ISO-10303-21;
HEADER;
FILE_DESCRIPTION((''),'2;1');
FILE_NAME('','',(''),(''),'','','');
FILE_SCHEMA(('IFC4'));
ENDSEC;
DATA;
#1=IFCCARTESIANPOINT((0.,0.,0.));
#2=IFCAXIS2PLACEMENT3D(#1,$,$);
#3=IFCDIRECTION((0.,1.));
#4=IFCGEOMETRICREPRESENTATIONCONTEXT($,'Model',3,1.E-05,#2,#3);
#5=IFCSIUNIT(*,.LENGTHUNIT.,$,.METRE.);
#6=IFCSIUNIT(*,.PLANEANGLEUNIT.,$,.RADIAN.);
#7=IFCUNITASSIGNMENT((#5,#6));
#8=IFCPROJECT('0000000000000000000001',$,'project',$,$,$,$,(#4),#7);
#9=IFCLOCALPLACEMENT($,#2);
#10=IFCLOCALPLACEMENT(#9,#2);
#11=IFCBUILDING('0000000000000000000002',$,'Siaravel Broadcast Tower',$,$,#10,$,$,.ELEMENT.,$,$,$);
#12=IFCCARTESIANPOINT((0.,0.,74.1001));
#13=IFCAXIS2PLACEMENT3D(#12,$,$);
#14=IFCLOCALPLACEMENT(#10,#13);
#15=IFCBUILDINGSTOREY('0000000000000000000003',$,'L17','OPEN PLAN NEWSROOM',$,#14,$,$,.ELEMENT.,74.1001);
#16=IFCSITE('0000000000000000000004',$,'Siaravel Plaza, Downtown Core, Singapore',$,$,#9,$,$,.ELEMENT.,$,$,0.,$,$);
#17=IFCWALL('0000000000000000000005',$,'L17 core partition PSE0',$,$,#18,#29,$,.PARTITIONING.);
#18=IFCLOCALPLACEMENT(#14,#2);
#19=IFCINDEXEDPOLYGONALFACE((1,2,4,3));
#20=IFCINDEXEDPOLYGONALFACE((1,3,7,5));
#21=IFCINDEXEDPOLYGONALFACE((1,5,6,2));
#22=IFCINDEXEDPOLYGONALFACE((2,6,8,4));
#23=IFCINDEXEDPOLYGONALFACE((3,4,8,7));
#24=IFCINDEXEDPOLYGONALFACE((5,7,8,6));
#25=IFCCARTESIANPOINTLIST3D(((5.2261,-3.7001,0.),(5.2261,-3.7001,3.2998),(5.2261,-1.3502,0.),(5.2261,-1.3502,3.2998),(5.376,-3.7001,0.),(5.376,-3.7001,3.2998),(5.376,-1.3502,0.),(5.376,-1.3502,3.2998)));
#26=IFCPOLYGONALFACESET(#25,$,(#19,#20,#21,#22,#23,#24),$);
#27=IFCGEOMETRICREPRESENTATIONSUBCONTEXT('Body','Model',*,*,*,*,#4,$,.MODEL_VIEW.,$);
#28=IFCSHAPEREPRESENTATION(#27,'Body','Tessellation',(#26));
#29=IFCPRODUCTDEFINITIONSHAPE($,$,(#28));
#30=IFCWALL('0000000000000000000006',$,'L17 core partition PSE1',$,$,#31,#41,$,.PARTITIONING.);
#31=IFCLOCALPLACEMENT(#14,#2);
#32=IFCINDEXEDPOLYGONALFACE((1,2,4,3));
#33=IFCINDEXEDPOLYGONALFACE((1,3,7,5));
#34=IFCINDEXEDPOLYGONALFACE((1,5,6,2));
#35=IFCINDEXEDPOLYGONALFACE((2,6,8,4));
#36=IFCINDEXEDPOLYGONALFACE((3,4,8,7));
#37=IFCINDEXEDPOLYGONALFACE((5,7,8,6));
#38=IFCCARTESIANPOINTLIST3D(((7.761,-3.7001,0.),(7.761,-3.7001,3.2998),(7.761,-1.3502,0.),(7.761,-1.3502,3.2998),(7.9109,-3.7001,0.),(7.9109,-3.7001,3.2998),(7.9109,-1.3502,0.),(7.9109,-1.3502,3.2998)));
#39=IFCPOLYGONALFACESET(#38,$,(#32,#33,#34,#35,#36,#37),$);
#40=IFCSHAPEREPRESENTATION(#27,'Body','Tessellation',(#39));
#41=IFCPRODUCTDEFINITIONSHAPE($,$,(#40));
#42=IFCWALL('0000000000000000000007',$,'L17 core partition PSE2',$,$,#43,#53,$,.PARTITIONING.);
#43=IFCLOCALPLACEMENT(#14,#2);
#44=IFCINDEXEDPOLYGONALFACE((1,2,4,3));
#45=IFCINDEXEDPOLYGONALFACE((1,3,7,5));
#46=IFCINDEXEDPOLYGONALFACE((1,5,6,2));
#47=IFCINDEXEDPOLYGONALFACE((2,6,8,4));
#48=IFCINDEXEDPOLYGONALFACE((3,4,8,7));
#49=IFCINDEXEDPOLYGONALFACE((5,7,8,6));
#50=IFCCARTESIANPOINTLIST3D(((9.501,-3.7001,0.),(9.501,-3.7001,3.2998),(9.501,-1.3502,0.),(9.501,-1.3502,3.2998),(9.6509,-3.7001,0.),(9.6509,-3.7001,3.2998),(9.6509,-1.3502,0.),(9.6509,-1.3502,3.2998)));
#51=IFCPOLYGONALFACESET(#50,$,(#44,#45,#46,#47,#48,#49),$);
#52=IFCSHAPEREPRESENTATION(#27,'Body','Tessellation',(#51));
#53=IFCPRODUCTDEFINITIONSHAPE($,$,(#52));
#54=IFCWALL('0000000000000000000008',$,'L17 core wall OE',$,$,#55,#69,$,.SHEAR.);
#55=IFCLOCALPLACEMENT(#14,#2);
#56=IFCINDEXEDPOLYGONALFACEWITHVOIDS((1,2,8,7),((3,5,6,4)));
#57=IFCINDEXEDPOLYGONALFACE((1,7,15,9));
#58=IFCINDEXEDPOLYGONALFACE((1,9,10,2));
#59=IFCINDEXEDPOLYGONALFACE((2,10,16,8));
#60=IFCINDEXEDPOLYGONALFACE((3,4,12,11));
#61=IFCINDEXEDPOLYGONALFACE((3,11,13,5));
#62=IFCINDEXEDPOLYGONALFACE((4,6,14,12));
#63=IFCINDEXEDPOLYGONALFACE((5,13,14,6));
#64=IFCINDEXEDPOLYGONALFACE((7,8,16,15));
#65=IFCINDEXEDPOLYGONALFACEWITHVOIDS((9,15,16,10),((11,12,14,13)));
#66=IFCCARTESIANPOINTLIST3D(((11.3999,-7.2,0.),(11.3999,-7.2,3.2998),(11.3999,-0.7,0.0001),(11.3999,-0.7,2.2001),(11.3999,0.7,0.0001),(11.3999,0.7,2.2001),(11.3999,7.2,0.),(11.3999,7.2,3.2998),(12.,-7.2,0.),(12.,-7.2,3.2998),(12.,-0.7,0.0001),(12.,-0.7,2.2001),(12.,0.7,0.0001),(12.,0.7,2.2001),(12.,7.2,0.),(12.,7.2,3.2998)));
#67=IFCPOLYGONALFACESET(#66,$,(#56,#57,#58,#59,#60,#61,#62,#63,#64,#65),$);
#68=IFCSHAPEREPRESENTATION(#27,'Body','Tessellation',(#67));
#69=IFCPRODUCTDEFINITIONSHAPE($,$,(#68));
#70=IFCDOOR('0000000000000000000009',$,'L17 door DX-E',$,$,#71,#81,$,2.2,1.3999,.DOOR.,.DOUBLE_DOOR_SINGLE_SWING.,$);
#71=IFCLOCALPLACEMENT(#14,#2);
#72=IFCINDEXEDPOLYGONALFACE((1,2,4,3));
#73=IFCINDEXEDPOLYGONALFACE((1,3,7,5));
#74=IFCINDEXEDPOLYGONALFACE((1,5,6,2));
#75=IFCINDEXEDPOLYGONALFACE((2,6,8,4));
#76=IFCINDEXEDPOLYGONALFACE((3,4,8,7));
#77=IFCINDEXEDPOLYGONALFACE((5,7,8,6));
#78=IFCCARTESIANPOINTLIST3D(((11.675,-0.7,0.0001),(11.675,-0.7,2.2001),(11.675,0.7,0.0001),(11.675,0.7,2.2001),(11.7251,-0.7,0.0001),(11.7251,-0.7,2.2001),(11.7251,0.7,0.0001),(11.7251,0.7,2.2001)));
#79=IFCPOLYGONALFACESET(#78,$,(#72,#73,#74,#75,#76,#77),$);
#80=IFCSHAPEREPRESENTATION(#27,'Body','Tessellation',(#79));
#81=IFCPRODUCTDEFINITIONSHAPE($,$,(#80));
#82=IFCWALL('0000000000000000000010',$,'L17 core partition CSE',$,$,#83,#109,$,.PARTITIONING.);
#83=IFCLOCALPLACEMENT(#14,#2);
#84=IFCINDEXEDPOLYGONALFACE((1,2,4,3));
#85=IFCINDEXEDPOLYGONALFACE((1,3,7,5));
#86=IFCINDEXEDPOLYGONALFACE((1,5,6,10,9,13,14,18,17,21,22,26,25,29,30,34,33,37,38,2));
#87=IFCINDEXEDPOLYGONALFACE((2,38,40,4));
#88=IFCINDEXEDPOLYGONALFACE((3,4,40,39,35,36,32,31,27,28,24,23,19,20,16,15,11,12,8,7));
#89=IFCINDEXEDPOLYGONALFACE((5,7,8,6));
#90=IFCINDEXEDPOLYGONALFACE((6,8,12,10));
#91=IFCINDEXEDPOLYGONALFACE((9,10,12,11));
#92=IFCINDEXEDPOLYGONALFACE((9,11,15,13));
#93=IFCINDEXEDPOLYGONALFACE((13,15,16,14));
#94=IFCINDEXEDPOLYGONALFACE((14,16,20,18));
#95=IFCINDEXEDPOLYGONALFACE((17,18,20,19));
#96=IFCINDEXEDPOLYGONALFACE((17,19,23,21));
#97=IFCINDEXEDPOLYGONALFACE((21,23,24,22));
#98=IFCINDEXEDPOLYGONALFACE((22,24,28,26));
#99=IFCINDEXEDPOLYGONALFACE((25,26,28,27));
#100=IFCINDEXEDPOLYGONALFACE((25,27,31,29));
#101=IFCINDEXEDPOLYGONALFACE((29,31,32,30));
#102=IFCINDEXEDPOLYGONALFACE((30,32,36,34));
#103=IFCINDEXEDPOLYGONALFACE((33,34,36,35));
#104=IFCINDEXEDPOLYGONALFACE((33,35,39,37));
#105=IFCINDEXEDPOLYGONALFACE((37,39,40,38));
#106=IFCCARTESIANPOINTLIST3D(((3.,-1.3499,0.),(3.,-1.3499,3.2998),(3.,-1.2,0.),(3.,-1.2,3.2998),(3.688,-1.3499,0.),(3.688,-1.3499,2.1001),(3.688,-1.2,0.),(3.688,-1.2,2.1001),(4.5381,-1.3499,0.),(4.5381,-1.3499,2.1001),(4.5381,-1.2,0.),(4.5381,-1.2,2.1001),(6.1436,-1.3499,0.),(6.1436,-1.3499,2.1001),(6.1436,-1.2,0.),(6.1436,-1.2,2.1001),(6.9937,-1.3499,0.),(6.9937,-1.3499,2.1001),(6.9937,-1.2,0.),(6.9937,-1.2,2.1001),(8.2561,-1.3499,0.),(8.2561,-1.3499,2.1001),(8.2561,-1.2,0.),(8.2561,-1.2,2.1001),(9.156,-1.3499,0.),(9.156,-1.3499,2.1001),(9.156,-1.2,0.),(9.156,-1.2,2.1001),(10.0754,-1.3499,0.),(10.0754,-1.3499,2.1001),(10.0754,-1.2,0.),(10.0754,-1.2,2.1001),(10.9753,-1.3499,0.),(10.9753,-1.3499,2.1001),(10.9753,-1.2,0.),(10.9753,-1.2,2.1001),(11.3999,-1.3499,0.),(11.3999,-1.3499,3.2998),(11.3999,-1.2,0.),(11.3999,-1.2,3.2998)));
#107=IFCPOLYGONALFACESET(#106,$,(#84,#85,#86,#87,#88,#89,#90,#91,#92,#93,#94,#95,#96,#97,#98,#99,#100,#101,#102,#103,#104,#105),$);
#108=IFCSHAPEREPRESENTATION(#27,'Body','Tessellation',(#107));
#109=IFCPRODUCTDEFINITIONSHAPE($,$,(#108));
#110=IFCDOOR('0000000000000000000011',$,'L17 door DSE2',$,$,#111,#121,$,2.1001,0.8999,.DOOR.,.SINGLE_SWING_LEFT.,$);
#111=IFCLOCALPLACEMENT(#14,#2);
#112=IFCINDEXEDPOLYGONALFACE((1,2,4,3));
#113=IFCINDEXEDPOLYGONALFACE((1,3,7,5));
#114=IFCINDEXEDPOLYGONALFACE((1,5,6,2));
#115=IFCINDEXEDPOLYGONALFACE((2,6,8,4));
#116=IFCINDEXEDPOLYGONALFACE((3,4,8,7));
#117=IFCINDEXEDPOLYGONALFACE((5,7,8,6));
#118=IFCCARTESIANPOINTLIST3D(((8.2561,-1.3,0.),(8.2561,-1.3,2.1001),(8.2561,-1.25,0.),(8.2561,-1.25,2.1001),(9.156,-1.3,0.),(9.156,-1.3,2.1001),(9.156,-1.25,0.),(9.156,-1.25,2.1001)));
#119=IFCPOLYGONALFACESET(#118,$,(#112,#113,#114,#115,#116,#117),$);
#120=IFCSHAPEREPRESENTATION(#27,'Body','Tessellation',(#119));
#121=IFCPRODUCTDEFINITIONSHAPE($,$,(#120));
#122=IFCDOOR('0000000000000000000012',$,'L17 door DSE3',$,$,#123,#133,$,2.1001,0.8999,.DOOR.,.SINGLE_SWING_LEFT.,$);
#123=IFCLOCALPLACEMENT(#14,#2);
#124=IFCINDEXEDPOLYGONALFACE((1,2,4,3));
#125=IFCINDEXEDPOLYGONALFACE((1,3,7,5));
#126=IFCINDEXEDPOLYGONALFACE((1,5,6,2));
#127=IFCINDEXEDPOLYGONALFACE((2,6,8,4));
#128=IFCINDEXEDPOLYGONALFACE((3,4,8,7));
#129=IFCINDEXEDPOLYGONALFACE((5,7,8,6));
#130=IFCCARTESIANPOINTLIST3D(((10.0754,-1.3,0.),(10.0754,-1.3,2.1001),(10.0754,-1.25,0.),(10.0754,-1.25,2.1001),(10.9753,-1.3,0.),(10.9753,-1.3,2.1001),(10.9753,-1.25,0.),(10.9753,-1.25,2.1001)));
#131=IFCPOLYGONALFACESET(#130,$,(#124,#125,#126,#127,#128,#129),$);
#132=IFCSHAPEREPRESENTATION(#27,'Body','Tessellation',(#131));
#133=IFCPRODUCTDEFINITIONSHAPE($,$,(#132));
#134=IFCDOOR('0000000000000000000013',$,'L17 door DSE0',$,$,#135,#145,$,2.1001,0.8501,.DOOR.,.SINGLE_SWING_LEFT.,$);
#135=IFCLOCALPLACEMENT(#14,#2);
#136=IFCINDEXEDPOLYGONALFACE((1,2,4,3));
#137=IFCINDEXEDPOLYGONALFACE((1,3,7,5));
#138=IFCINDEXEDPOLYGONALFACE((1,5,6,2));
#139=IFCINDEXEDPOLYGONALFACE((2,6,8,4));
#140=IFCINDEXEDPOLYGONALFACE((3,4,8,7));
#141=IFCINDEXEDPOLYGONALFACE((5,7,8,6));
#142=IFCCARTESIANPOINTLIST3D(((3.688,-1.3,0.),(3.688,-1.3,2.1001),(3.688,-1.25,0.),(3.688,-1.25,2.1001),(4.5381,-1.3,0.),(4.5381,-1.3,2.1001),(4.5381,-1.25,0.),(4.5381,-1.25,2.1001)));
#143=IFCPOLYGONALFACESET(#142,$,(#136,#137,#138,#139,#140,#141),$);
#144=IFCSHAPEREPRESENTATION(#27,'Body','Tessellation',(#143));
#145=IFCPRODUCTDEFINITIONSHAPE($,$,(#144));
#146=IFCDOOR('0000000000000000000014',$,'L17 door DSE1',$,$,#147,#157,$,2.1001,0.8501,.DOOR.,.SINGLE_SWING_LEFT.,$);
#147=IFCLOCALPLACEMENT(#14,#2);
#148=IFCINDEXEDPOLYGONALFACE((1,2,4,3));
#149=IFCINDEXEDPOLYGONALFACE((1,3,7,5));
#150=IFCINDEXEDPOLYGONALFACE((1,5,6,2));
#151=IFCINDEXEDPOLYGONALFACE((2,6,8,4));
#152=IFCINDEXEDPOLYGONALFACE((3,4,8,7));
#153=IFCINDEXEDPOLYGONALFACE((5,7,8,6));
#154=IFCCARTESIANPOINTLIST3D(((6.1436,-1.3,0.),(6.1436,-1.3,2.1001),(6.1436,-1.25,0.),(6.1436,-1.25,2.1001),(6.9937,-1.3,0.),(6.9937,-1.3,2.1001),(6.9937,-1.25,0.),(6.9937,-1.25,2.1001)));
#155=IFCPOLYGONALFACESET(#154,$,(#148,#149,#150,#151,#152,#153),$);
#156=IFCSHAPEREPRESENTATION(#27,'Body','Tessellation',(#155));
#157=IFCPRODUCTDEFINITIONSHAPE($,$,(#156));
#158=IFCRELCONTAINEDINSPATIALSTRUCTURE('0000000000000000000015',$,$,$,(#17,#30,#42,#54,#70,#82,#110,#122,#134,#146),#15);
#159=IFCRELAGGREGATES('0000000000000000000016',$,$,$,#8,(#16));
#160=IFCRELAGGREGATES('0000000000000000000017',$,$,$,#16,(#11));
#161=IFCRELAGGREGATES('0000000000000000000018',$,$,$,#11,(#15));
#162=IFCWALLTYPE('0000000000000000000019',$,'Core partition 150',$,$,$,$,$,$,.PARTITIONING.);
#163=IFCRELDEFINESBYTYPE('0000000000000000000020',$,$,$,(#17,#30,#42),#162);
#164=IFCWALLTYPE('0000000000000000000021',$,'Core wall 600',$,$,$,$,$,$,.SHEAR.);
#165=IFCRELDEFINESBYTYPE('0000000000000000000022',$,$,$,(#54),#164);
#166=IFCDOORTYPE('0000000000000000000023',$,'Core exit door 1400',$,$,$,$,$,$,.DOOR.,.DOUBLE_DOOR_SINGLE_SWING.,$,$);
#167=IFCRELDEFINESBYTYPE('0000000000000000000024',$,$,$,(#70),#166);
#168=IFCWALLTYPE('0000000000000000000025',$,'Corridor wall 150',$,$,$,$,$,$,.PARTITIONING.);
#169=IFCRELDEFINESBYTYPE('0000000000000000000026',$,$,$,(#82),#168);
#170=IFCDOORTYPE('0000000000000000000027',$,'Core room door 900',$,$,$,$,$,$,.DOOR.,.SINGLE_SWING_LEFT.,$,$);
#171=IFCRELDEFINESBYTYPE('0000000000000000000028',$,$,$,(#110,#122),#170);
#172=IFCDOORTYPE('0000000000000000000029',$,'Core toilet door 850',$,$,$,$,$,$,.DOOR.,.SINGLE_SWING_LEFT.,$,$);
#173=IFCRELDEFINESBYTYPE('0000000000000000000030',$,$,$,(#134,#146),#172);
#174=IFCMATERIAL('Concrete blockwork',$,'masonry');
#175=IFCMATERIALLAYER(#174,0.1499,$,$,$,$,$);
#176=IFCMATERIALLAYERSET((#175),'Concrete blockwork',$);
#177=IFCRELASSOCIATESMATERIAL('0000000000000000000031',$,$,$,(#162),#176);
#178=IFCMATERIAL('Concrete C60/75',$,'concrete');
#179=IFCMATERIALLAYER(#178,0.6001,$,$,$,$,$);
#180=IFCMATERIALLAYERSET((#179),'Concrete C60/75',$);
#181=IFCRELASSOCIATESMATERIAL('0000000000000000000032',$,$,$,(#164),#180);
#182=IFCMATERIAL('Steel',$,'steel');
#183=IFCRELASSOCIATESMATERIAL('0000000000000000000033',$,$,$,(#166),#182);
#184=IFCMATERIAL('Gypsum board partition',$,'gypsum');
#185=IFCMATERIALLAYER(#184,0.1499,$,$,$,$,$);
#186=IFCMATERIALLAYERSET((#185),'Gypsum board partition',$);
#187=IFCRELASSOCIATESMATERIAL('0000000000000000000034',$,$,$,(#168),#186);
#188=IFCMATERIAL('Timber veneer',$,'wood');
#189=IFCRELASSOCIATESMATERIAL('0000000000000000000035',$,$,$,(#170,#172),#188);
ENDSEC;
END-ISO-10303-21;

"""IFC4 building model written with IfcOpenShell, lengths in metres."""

from ifc_helpers import new_model, si_unit, direction, frame, frame_2d, origin, place, context, subcontext, project, spatial, rectangle, extrude, material, layer, layer_set, type_object, element, fill, save


model = new_model("IFC4")

# Units and contexts
model_context = context("Model", 3, precision=1e-05, world=origin(), true_north=direction((0.0, 1.0)))
body_context = subcontext(model_context, "Body", "Model", "MODEL_VIEW")
ifc_project = project(units=[si_unit("LENGTHUNIT", "METRE"), si_unit("PLANEANGLEUNIT", "RADIAN")], contexts=[model_context])

# Site, building, storey
site_placement = place(None, origin())
site = spatial("IfcSite", under=ifc_project, at=site_placement, Name="Siaravel Plaza, Downtown Core, Singapore", CompositionType="ELEMENT", RefElevation=0.0)
building_placement = place(site_placement, origin())
building = spatial("IfcBuilding", under=site, at=building_placement, Name="Siaravel Broadcast Tower", CompositionType="ELEMENT")
storey_placement = place(building_placement, frame((0.0, 0.0, 74.1001)))
storey = spatial("IfcBuildingStorey", under=building, at=storey_placement, Name="L17", Description="OPEN PLAN NEWSROOM", CompositionType="ELEMENT", Elevation=74.1001)

# Walls
ifc_material_1 = material(Name="Concrete blockwork", Category="masonry")
ifc_layer_1 = layer(ifc_material_1, 0.1499)
ifc_layer_set_1 = layer_set([ifc_layer_1], Name="Concrete blockwork")
wall_type_1 = type_object("IfcWallType", Name="Core partition 150", PredefinedType="PARTITIONING", material=ifc_layer_set_1)
for number, where, z_axis, x_axis, name in (
    (1, (5.301, -3.7, 0.0), (0.0, 0.0, 1.0), (0.0, 1.0, 0.0), "L17 core partition PSE0"),
    (2, (7.8359, -3.7, 0.0), (0.0, 0.0, 1.0), (0.0, 1.0, 0.0), "L17 core partition PSE1"),
    (3, (9.5759, -3.7, 0.0), (0.0, 0.0, 1.0), (0.0, 1.0, 0.0), "L17 core partition PSE2"),
):
    element("IfcWall", number, at=place(storey_placement, frame(where, z_axis=z_axis, x_axis=x_axis)), inside=storey, type_object=wall_type_1, Name=name, PredefinedType="PARTITIONING", context=body_context, shape_type="SweptSolid", body=[
        extrude(rectangle(XDim=2.3499, YDim=0.1499, at=frame_2d((1.1748, 0.0))), origin(), (0.0, 0.0, 1.0), 3.2998),
    ])

# Wall, opening, door
ifc_material_2 = material(Name="Concrete C60/75", Category="concrete")
ifc_layer_2 = layer(ifc_material_2, 0.6001)
ifc_layer_set_2 = layer_set([ifc_layer_2], Name="Concrete C60/75")
wall_type_2 = type_object("IfcWallType", Name="Core wall 600", PredefinedType="SHEAR", material=ifc_layer_set_2)
wall_1_placement = place(storey_placement, frame((11.7, -7.2, 0.0), z_axis=(0.0, 0.0, 1.0), x_axis=(0.0, 1.0, 0.0)))
wall_1 = element("IfcWall", 4, at=wall_1_placement, inside=storey, type_object=wall_type_2, Name="L17 core wall OE", PredefinedType="SHEAR", context=body_context, shape_type="SweptSolid", body=[
    extrude(rectangle(XDim=14.3999, YDim=0.6001, at=frame_2d((7.2, 0.0))), origin(), (0.0, 0.0, 1.0), 3.2998),
])
opening_1_placement = place(wall_1_placement, frame((6.5, 0.0, 0.0)))
opening_1 = element("IfcOpeningElement", 5, at=opening_1_placement, cuts=wall_1, PredefinedType="OPENING", context=body_context, shape_type="SweptSolid", body=[
    extrude(rectangle(XDim=1.3999, YDim=2.2, at=frame_2d((0.7, 1.1001))), frame((0.0, 0.3101, 0.0), z_axis=(0.0, -1.0, 0.0), x_axis=(1.0, 0.0, 0.0)), (0.0, 0.0, 1.0), 0.6201),
])
ifc_material_3 = material(Name="Steel", Category="steel")
door_type_1 = type_object("IfcDoorType", Name="Core exit door 1400", OperationType="DOUBLE_DOOR_SINGLE_SWING", PredefinedType="DOOR", material=ifc_material_3)
door_1_placement = place(opening_1_placement, origin())
door_1 = element("IfcDoor", 6, at=door_1_placement, inside=storey, type_object=door_type_1, Name="L17 door DX-E", OperationType="DOUBLE_DOOR_SINGLE_SWING", OverallHeight=2.2, OverallWidth=1.3999, PredefinedType="DOOR", context=body_context, shape_type="SweptSolid", body=[
    extrude(rectangle(XDim=1.3999, YDim=2.2, at=frame_2d((0.7, 1.1001))), frame((0.0, 0.0249, 0.0), z_axis=(0.0, -1.0, 0.0), x_axis=(1.0, 0.0, 0.0)), (0.0, 0.0, 1.0), 0.05),
])
fill(opening_1, door_1)

# Wall, openings, doors
ifc_material_4 = material(Name="Gypsum board partition", Category="gypsum")
ifc_layer_3 = layer(ifc_material_4, 0.1499)
ifc_layer_set_3 = layer_set([ifc_layer_3], Name="Gypsum board partition")
wall_type_3 = type_object("IfcWallType", Name="Corridor wall 150", PredefinedType="PARTITIONING", material=ifc_layer_set_3)
wall_2_placement = place(storey_placement, frame((3.0, -1.2749, 0.0), z_axis=(0.0, 0.0, 1.0), x_axis=(1.0, 0.0, 0.0)))
wall_2 = element("IfcWall", 7, at=wall_2_placement, inside=storey, type_object=wall_type_3, Name="L17 core partition CSE", PredefinedType="PARTITIONING", context=body_context, shape_type="SweptSolid", body=[
    extrude(rectangle(XDim=8.3999, YDim=0.1499, at=frame_2d((4.2, 0.0))), origin(), (0.0, 0.0, 1.0), 3.2998),
])
opening_2_placement = place(wall_2_placement, frame((0.688, 0.0, 0.0)))
opening_2 = element("IfcOpeningElement", 8, at=opening_2_placement, cuts=wall_2, PredefinedType="OPENING", context=body_context, shape_type="SweptSolid", body=[
    extrude(rectangle(XDim=0.8501, YDim=2.1001, at=frame_2d((0.425, 1.05))), frame((0.0, 0.085, 0.0), z_axis=(0.0, -1.0, 0.0), x_axis=(1.0, 0.0, 0.0)), (0.0, 0.0, 1.0), 0.1699),
])
opening_3_placement = place(wall_2_placement, frame((3.1436, 0.0, 0.0)))
opening_3 = element("IfcOpeningElement", 9, at=opening_3_placement, cuts=wall_2, PredefinedType="OPENING", context=body_context, shape_type="SweptSolid", body=[
    extrude(rectangle(XDim=0.8501, YDim=2.1001, at=frame_2d((0.425, 1.05))), frame((0.0, 0.085, 0.0), z_axis=(0.0, -1.0, 0.0), x_axis=(1.0, 0.0, 0.0)), (0.0, 0.0, 1.0), 0.1699),
])
opening_4_placement = place(wall_2_placement, frame((5.2561, 0.0, 0.0)))
opening_4 = element("IfcOpeningElement", 10, at=opening_4_placement, cuts=wall_2, PredefinedType="OPENING", context=body_context, shape_type="SweptSolid", body=[
    extrude(rectangle(XDim=0.8999, YDim=2.1001, at=frame_2d((0.45, 1.05))), frame((0.0, 0.085, 0.0), z_axis=(0.0, -1.0, 0.0), x_axis=(1.0, 0.0, 0.0)), (0.0, 0.0, 1.0), 0.1699),
])
opening_5_placement = place(wall_2_placement, frame((7.0754, 0.0, 0.0)))
opening_5 = element("IfcOpeningElement", 11, at=opening_5_placement, cuts=wall_2, PredefinedType="OPENING", context=body_context, shape_type="SweptSolid", body=[
    extrude(rectangle(XDim=0.8999, YDim=2.1001, at=frame_2d((0.45, 1.05))), frame((0.0, 0.085, 0.0), z_axis=(0.0, -1.0, 0.0), x_axis=(1.0, 0.0, 0.0)), (0.0, 0.0, 1.0), 0.1699),
])
ifc_material_5 = material(Name="Timber veneer", Category="wood")
door_type_2 = type_object("IfcDoorType", Name="Core room door 900", OperationType="SINGLE_SWING_LEFT", PredefinedType="DOOR", material=ifc_material_5)
door_2_placement = place(opening_4_placement, origin())
door_2 = element("IfcDoor", 12, at=door_2_placement, inside=storey, type_object=door_type_2, Name="L17 door DSE2", OperationType="SINGLE_SWING_LEFT", OverallHeight=2.1001, OverallWidth=0.8999, PredefinedType="DOOR", context=body_context, shape_type="SweptSolid", body=[
    extrude(rectangle(XDim=0.8999, YDim=2.1001, at=frame_2d((0.45, 1.05))), frame((0.0, 0.0249, 0.0), z_axis=(0.0, -1.0, 0.0), x_axis=(1.0, 0.0, 0.0)), (0.0, 0.0, 1.0), 0.05),
])
fill(opening_4, door_2)
door_3_placement = place(opening_5_placement, origin())
door_3 = element("IfcDoor", 13, at=door_3_placement, inside=storey, type_object=door_type_2, Name="L17 door DSE3", OperationType="SINGLE_SWING_LEFT", OverallHeight=2.1001, OverallWidth=0.8999, PredefinedType="DOOR", context=body_context, shape_type="SweptSolid", body=[
    extrude(rectangle(XDim=0.8999, YDim=2.1001, at=frame_2d((0.45, 1.05))), frame((0.0, 0.0249, 0.0), z_axis=(0.0, -1.0, 0.0), x_axis=(1.0, 0.0, 0.0)), (0.0, 0.0, 1.0), 0.05),
])
fill(opening_5, door_3)
door_type_3 = type_object("IfcDoorType", Name="Core toilet door 850", OperationType="SINGLE_SWING_LEFT", PredefinedType="DOOR", material=ifc_material_5)
door_4_placement = place(opening_2_placement, origin())
door_4 = element("IfcDoor", 14, at=door_4_placement, inside=storey, type_object=door_type_3, Name="L17 door DSE0", OperationType="SINGLE_SWING_LEFT", OverallHeight=2.1001, OverallWidth=0.8501, PredefinedType="DOOR", context=body_context, shape_type="SweptSolid", body=[
    extrude(rectangle(XDim=0.8501, YDim=2.1001, at=frame_2d((0.425, 1.05))), frame((0.0, 0.0249, 0.0), z_axis=(0.0, -1.0, 0.0), x_axis=(1.0, 0.0, 0.0)), (0.0, 0.0, 1.0), 0.05),
])
fill(opening_2, door_4)
door_5_placement = place(opening_3_placement, origin())
door_5 = element("IfcDoor", 15, at=door_5_placement, inside=storey, type_object=door_type_3, Name="L17 door DSE1", OperationType="SINGLE_SWING_LEFT", OverallHeight=2.1001, OverallWidth=0.8501, PredefinedType="DOOR", context=body_context, shape_type="SweptSolid", body=[
    extrude(rectangle(XDim=0.8501, YDim=2.1001, at=frame_2d((0.425, 1.05))), frame((0.0, 0.0249, 0.0), z_axis=(0.0, -1.0, 0.0), x_axis=(1.0, 0.0, 0.0)), (0.0, 0.0, 1.0), 0.05),
])
fill(opening_3, door_5)

save(model, "model.ifc")
